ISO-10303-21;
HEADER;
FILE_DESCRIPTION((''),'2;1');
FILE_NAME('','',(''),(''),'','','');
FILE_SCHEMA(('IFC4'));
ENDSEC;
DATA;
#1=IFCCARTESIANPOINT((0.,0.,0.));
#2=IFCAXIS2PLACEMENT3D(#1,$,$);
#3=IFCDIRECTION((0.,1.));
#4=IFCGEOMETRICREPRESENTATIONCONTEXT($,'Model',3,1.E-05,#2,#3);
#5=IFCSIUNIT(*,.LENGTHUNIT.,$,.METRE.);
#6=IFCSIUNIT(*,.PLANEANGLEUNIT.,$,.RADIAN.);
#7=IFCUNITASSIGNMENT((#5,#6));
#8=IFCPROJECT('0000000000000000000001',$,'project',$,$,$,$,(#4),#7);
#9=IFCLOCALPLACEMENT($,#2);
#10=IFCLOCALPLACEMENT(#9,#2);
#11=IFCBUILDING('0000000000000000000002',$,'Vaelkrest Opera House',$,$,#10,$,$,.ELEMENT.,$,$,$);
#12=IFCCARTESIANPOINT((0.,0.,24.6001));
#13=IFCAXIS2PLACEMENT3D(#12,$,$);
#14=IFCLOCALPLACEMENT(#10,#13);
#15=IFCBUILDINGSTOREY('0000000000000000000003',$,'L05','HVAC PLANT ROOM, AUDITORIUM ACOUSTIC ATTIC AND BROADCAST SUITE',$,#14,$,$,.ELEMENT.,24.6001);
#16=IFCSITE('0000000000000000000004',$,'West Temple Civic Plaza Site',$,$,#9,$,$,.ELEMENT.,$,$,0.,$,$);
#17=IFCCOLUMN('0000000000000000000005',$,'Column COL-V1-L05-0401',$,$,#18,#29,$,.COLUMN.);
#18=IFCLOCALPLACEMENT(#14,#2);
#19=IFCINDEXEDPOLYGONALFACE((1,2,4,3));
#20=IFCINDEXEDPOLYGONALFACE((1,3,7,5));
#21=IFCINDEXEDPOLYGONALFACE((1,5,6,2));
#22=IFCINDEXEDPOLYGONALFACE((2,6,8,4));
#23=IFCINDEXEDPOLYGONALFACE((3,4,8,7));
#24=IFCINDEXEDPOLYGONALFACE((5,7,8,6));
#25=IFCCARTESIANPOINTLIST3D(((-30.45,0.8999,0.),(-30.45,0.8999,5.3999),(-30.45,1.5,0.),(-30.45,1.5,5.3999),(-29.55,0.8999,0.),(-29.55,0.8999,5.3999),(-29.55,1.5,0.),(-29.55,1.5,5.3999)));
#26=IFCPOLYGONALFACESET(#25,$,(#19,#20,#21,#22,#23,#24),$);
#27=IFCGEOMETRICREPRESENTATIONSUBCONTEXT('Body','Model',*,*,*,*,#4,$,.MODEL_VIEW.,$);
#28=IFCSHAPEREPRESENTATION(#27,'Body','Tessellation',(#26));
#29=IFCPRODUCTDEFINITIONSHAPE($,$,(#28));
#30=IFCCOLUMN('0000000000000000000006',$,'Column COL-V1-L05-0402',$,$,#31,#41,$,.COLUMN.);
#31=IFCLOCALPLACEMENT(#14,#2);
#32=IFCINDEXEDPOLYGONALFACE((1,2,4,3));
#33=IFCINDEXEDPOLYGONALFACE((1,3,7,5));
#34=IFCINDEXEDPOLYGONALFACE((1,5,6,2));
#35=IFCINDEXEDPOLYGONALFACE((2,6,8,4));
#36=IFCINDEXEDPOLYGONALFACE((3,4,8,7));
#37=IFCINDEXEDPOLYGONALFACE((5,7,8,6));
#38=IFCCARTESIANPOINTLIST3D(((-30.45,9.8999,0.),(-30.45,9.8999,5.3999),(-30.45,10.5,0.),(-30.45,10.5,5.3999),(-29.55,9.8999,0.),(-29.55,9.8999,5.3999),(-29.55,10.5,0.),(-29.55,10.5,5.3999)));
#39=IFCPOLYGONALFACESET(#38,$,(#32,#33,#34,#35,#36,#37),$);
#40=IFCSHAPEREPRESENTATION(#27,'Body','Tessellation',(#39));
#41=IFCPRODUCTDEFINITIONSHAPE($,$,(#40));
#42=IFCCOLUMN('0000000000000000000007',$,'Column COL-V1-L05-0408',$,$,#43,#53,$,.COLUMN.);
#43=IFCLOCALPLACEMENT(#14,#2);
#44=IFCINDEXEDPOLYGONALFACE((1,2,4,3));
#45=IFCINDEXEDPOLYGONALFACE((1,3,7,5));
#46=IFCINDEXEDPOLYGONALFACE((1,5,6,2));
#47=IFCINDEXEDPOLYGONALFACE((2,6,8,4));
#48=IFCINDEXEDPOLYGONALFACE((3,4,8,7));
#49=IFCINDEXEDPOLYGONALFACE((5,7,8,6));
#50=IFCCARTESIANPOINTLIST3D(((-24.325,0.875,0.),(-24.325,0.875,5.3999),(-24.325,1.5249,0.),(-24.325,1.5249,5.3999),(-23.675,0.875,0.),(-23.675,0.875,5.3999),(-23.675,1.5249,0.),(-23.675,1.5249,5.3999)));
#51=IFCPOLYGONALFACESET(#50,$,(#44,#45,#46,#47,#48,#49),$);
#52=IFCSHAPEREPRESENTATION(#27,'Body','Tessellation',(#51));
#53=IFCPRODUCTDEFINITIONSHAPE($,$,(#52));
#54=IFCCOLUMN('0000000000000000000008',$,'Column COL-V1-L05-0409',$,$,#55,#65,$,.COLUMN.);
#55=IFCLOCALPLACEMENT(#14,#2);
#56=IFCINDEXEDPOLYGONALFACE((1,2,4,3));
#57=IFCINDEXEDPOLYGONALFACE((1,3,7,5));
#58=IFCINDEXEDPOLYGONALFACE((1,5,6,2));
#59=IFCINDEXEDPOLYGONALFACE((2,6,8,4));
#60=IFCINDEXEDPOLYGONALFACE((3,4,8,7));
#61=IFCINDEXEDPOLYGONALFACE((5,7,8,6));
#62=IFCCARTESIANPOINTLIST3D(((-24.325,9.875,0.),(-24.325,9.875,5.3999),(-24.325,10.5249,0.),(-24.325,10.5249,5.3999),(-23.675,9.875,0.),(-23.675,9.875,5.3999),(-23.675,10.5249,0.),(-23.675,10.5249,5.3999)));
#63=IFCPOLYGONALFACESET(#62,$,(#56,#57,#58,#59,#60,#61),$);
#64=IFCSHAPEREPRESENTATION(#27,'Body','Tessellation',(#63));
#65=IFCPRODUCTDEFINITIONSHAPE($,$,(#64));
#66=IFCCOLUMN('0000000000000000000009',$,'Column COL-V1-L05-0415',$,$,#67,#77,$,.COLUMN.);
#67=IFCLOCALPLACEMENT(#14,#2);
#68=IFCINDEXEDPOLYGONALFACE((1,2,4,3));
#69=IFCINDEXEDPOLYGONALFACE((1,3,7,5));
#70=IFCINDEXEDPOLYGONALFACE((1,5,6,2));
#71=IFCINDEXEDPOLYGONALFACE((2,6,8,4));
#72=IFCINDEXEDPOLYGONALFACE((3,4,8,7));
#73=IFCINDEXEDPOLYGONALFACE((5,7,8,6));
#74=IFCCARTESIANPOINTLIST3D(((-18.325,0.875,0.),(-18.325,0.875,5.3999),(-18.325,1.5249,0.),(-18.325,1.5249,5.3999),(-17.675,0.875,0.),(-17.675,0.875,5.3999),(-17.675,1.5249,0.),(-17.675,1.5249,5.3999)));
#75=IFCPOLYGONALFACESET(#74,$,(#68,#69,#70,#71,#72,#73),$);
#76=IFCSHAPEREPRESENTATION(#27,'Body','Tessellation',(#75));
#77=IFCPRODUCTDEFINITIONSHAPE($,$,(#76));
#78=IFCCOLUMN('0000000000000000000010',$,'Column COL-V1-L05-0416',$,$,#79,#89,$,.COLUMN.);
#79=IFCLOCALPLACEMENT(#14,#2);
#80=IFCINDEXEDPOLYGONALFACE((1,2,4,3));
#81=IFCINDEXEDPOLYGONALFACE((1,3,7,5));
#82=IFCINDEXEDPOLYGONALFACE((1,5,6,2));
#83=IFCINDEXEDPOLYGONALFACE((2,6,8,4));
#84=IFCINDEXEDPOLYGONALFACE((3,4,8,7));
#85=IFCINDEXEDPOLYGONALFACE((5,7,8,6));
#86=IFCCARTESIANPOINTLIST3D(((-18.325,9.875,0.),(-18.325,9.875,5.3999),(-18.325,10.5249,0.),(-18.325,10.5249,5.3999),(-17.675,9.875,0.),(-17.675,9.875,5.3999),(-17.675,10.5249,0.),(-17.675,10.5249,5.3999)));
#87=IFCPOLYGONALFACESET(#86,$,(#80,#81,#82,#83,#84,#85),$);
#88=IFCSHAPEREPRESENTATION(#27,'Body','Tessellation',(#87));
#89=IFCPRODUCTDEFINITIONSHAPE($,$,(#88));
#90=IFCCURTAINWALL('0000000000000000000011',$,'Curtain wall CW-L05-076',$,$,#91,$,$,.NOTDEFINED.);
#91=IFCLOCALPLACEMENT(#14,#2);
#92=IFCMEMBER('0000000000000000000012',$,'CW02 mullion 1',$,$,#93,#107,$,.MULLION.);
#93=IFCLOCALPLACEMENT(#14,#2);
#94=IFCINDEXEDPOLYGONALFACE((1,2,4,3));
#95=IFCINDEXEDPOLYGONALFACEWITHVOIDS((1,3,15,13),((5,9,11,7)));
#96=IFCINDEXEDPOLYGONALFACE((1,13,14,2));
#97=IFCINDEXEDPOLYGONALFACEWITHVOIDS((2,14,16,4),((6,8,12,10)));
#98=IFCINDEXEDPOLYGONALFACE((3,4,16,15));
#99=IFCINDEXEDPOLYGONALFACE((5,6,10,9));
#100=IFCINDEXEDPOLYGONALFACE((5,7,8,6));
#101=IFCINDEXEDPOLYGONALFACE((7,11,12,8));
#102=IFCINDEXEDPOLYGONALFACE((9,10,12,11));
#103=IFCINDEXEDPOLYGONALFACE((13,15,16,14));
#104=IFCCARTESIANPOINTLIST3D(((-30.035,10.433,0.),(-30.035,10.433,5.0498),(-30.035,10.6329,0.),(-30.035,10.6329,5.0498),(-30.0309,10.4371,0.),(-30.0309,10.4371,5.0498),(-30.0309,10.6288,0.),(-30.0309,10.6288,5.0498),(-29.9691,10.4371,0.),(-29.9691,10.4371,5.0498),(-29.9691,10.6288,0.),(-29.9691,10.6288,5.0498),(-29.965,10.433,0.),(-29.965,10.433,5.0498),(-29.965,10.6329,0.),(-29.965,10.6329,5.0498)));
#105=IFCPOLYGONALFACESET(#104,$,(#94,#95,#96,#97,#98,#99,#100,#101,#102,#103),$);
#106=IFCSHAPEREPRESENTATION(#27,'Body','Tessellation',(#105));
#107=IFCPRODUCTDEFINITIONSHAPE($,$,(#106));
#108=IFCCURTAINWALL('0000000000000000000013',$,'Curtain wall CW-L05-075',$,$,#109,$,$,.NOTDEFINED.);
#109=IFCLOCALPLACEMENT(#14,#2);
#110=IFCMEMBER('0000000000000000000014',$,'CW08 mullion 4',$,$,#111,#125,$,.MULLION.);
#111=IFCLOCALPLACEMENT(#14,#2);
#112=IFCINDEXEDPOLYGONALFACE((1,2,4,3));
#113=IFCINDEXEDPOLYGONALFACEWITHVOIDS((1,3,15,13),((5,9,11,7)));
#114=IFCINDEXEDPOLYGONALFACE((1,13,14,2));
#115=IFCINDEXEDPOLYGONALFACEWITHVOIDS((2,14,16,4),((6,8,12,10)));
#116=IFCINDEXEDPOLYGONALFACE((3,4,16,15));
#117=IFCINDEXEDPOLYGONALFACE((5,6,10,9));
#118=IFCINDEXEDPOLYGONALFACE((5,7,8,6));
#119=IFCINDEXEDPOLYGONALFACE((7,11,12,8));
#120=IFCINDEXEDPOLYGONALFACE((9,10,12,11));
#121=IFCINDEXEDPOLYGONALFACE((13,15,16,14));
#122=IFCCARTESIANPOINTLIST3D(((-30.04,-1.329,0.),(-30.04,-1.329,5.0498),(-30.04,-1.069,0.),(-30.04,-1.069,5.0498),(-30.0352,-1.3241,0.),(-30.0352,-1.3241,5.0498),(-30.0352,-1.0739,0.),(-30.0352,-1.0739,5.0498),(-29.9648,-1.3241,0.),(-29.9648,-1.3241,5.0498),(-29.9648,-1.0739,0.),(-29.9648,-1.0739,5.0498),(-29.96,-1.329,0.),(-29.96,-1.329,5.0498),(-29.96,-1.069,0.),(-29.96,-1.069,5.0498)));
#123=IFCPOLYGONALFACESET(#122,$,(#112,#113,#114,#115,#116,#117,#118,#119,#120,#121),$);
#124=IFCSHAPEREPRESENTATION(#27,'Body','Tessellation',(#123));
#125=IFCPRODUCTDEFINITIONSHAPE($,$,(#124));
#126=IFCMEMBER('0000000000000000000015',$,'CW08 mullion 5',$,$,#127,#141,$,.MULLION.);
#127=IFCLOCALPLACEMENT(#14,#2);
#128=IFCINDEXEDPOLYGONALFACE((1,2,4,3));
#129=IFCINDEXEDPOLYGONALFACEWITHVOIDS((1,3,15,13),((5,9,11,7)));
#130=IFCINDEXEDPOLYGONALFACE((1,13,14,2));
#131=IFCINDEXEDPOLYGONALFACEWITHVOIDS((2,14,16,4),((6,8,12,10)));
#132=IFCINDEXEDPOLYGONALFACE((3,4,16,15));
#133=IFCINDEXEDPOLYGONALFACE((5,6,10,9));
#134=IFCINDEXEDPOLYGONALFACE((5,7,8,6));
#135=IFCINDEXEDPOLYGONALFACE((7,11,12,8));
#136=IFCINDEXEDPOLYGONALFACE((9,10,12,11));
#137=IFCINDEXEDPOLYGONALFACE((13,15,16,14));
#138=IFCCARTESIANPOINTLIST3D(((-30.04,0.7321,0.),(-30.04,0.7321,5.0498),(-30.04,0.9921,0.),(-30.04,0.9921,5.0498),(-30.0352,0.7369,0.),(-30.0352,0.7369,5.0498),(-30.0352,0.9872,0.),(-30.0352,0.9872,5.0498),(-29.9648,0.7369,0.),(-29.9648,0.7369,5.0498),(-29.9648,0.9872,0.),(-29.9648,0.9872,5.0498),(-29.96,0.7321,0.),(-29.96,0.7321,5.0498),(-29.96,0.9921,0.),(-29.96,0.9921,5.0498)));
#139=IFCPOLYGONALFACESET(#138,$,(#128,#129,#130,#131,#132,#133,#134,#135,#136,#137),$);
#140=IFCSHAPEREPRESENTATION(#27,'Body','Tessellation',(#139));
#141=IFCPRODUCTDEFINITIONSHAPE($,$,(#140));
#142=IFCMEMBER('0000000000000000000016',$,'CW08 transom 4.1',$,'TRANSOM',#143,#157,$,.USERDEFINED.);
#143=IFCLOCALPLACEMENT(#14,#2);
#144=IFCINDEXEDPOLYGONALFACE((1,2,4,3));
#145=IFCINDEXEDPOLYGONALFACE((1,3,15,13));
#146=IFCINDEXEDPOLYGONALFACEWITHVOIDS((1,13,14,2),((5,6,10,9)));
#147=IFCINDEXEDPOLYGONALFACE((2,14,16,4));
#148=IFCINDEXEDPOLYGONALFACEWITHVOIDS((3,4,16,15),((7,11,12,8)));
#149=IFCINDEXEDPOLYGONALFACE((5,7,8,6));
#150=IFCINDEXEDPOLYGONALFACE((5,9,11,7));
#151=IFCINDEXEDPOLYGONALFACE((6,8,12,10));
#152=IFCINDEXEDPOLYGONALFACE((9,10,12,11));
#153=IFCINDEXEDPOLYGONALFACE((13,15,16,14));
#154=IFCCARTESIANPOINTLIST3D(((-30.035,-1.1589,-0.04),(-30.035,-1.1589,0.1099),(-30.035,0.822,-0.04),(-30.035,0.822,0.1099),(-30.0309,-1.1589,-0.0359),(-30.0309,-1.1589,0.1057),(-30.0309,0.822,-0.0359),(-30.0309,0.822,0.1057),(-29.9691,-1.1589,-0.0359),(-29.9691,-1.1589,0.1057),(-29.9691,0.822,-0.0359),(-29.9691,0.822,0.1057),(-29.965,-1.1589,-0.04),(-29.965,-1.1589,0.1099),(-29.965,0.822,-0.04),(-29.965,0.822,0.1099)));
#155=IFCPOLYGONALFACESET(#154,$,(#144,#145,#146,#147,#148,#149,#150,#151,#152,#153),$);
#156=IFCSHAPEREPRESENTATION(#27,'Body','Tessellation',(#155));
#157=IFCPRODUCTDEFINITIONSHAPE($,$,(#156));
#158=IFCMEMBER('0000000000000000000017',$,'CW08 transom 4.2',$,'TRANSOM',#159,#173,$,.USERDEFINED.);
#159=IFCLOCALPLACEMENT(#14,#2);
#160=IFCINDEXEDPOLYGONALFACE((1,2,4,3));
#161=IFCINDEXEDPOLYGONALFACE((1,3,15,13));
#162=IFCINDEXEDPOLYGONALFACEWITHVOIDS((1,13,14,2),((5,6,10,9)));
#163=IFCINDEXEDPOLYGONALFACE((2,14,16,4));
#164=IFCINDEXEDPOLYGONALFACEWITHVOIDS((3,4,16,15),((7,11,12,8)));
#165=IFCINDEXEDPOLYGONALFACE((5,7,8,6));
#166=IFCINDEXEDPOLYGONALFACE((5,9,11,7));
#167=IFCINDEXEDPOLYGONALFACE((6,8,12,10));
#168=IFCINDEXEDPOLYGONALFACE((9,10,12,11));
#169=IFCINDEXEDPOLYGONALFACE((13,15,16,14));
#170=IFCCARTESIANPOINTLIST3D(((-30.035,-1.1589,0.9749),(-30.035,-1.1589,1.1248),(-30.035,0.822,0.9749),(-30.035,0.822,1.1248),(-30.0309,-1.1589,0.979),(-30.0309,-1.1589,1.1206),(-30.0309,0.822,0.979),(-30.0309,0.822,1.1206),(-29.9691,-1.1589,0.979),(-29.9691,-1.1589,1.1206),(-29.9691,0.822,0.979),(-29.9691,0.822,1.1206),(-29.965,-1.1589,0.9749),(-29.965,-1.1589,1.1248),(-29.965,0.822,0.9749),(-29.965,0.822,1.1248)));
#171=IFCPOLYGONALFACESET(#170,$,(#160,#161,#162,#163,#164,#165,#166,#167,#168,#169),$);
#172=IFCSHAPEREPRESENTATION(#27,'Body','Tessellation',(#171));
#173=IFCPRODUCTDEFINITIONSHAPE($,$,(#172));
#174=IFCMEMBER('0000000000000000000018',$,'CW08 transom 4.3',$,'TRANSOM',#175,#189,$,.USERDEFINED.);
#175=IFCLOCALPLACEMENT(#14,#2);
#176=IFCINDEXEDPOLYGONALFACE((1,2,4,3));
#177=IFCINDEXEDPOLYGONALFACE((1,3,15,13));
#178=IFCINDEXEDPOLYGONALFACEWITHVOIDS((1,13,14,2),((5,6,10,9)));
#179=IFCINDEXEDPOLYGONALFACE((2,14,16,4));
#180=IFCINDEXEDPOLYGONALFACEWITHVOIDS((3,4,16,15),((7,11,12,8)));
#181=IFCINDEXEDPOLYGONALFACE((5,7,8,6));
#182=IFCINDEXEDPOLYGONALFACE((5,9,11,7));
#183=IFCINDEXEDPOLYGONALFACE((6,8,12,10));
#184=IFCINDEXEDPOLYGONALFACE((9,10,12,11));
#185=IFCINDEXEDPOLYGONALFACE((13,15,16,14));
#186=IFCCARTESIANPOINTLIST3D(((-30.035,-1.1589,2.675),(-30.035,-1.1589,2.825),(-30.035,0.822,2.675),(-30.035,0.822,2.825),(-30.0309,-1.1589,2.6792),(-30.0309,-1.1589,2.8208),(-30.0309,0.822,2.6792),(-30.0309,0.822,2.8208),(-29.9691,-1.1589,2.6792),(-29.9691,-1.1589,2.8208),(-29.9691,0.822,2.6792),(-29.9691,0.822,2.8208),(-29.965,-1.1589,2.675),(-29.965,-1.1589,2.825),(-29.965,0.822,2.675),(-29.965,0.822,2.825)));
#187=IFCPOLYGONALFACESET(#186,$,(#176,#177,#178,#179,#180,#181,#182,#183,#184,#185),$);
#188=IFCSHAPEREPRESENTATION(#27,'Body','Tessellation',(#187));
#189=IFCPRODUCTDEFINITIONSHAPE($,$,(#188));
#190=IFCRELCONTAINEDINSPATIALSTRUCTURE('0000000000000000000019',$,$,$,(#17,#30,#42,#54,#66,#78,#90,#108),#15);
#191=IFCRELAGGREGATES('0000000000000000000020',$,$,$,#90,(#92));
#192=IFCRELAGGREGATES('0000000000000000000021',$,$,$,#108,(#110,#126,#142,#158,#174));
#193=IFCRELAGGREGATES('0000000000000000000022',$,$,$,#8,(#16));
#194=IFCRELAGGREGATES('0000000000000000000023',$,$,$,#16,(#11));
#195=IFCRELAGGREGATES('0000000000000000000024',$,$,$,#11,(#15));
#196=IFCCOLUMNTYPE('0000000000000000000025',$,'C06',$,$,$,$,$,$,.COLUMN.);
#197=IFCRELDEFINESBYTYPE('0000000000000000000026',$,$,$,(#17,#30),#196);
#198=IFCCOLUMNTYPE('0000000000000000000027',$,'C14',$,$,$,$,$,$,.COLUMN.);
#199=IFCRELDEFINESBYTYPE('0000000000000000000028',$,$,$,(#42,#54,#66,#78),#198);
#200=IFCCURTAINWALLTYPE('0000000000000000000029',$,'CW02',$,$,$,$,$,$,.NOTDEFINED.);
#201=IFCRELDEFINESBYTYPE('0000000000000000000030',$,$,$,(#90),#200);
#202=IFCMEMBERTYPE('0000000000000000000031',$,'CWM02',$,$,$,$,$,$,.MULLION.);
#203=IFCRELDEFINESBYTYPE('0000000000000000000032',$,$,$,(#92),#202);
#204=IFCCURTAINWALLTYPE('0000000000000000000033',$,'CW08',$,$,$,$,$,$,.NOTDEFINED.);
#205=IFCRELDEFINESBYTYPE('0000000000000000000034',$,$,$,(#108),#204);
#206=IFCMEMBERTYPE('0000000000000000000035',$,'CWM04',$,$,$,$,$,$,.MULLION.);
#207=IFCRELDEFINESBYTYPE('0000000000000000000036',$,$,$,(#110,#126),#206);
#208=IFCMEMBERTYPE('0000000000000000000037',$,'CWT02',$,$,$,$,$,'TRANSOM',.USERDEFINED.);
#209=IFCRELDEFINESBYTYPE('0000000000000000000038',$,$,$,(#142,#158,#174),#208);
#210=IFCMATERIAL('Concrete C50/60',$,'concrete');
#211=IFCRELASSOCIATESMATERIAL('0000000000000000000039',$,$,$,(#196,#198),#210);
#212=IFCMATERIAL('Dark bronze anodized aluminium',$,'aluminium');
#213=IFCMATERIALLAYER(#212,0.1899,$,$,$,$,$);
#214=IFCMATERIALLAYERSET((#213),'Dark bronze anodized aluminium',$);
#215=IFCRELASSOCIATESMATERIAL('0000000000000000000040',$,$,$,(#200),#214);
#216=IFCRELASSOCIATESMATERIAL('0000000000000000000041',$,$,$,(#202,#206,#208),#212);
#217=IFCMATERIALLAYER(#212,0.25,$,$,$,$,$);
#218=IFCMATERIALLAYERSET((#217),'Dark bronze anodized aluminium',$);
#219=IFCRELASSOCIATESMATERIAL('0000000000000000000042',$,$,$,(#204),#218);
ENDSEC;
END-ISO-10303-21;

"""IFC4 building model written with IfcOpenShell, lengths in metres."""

from ifc_helpers import new_model, si_unit, direction, frame, origin, origin_2d, place, context, subcontext, project, spatial, rectangle, hollow_rectangle, extrude, material, layer, layer_set, material_profile, profile_set, type_object, element, aggregate, save


model = new_model("IFC4")

# Units and contexts
model_context = context("Model", 3, precision=1e-05, world=origin(), true_north=direction((0.0, 1.0)))
body_context = subcontext(model_context, "Body", "Model", "MODEL_VIEW")
ifc_project = project(units=[si_unit("LENGTHUNIT", "METRE"), si_unit("PLANEANGLEUNIT", "RADIAN")], contexts=[model_context])

# Site, building, storey
site_placement = place(None, origin())
site = spatial("IfcSite", under=ifc_project, at=site_placement, Name="West Temple Civic Plaza Site", CompositionType="ELEMENT", RefElevation=0.0)
building_placement = place(site_placement, origin())
building = spatial("IfcBuilding", under=site, at=building_placement, Name="Vaelkrest Opera House", CompositionType="ELEMENT")
storey_placement = place(building_placement, frame((0.0, 0.0, 24.6001)))
storey = spatial("IfcBuildingStorey", under=building, at=storey_placement, Name="L05", Description="HVAC PLANT ROOM, AUDITORIUM ACOUSTIC ATTIC AND BROADCAST SUITE", CompositionType="ELEMENT", Elevation=24.6001)

# Columns
ifc_material_1 = material(Name="Concrete C50/60", Category="concrete")
ifc_material_profile_1 = material_profile(ifc_material_1, rectangle(XDim=0.6001, YDim=0.8999, at=origin_2d()), Name="RC600X900")
ifc_profile_set_1 = profile_set([ifc_material_profile_1], Name="Concrete C50/60")
column_type_1 = type_object("IfcColumnType", Name="C06", PredefinedType="COLUMN", material=ifc_profile_set_1)
for number, where, z_axis, x_axis, name in (
    (1, (-30.0, 1.2, 0.0), (0.0, 0.0, 1.0), (0.0, 1.0, 0.0), "Column COL-V1-L05-0401"),
    (2, (-30.0, 10.2, 0.0), (0.0, 0.0, 1.0), (0.0, 1.0, 0.0), "Column COL-V1-L05-0402"),
):
    element("IfcColumn", number, at=place(storey_placement, frame(where, z_axis=z_axis, x_axis=x_axis)), inside=storey, type_object=column_type_1, Name=name, PredefinedType="COLUMN", context=body_context, shape_type="SweptSolid", body=[
        extrude(rectangle(XDim=0.6001, YDim=0.8999, at=origin_2d()), origin(), (0.0, 0.0, 1.0), 5.3999),
    ])
ifc_material_profile_2 = material_profile(ifc_material_1, rectangle(XDim=0.6499, YDim=0.6499, at=origin_2d()), Name="RC650X650")
ifc_profile_set_2 = profile_set([ifc_material_profile_2], Name="Concrete C50/60")
column_type_2 = type_object("IfcColumnType", Name="C14", PredefinedType="COLUMN", material=ifc_profile_set_2)
for number, where, z_axis, x_axis, name in (
    (3, (-24.0, 1.2, 0.0), (0.0, 0.0, 1.0), (1.0, 0.0, 0.0), "Column COL-V1-L05-0408"),
    (4, (-24.0, 10.2, 0.0), (0.0, 0.0, 1.0), (1.0, 0.0, 0.0), "Column COL-V1-L05-0409"),
    (5, (-18.0, 1.2, 0.0), (0.0, 0.0, 1.0), (1.0, 0.0, 0.0), "Column COL-V1-L05-0415"),
    (6, (-18.0, 10.2, 0.0), (0.0, 0.0, 1.0), (1.0, 0.0, 0.0), "Column COL-V1-L05-0416"),
):
    element("IfcColumn", number, at=place(storey_placement, frame(where, z_axis=z_axis, x_axis=x_axis)), inside=storey, type_object=column_type_2, Name=name, PredefinedType="COLUMN", context=body_context, shape_type="SweptSolid", body=[
        extrude(rectangle(XDim=0.6499, YDim=0.6499, at=origin_2d()), origin(), (0.0, 0.0, 1.0), 5.3999),
    ])

# Curtain wall, member
ifc_material_2 = material(Name="Dark bronze anodized aluminium", Category="aluminium")
ifc_layer_1 = layer(ifc_material_2, 0.1899)
ifc_layer_set_1 = layer_set([ifc_layer_1], Name="Dark bronze anodized aluminium")
curtain_wall_type_1 = type_object("IfcCurtainWallType", Name="CW02", PredefinedType="NOTDEFINED", material=ifc_layer_set_1)
curtain_wall_1_placement = place(storey_placement, origin())
curtain_wall_1 = element("IfcCurtainWall", 7, at=curtain_wall_1_placement, inside=storey, type_object=curtain_wall_type_1, Name="Curtain wall CW-L05-076", PredefinedType="NOTDEFINED")
ifc_material_profile_3 = material_profile(ifc_material_2, hollow_rectangle(XDim=0.0701, YDim=0.2, WallThickness=0.0042, at=origin_2d()), Name="CWM70X200")
ifc_profile_set_3 = profile_set([ifc_material_profile_3], Name="Dark bronze anodized aluminium")
member_type_1 = type_object("IfcMemberType", Name="CWM02", PredefinedType="MULLION", material=ifc_profile_set_3)
member_1_placement = place(storey_placement, frame((-30.0, 10.533, 0.0), z_axis=(0.0, 0.0, 1.0), x_axis=(-1.0, 0.0, 0.0)))
member_1 = element("IfcMember", 8, at=member_1_placement, type_object=member_type_1, Name="CW02 mullion 1", PredefinedType="MULLION", context=body_context, shape_type="SweptSolid", body=[
    extrude(hollow_rectangle(XDim=0.0701, YDim=0.2, WallThickness=0.0042, at=origin_2d()), origin(), (0.0, 0.0, 1.0), 5.0498),
])

# Curtain wall, members
ifc_layer_2 = layer(ifc_material_2, 0.25)
ifc_layer_set_2 = layer_set([ifc_layer_2], Name="Dark bronze anodized aluminium")
curtain_wall_type_2 = type_object("IfcCurtainWallType", Name="CW08", PredefinedType="NOTDEFINED", material=ifc_layer_set_2)
curtain_wall_2_placement = place(storey_placement, origin())
curtain_wall_2 = element("IfcCurtainWall", 9, at=curtain_wall_2_placement, inside=storey, type_object=curtain_wall_type_2, Name="Curtain wall CW-L05-075", PredefinedType="NOTDEFINED")
ifc_material_profile_4 = material_profile(ifc_material_2, hollow_rectangle(XDim=0.0801, YDim=0.26, WallThickness=0.0049, at=origin_2d()), Name="CWM80X260")
ifc_profile_set_4 = profile_set([ifc_material_profile_4], Name="Dark bronze anodized aluminium")
member_type_2 = type_object("IfcMemberType", Name="CWM04", PredefinedType="MULLION", material=ifc_profile_set_4)
member_2_placement = place(storey_placement, frame((-30.0, -1.199, 0.0), z_axis=(0.0, 0.0, 1.0), x_axis=(-1.0, 0.0, 0.0)))
member_2 = element("IfcMember", 10, at=member_2_placement, type_object=member_type_2, Name="CW08 mullion 4", PredefinedType="MULLION", context=body_context, shape_type="SweptSolid", body=[
    extrude(hollow_rectangle(XDim=0.0801, YDim=0.26, WallThickness=0.0049, at=origin_2d()), origin(), (0.0, 0.0, 1.0), 5.0498),
])
member_3_placement = place(storey_placement, frame((-30.0, 0.8621, 0.0), z_axis=(0.0, 0.0, 1.0), x_axis=(-1.0, 0.0, 0.0)))
member_3 = element("IfcMember", 11, at=member_3_placement, type_object=member_type_2, Name="CW08 mullion 5", PredefinedType="MULLION", context=body_context, shape_type="SweptSolid", body=[
    extrude(hollow_rectangle(XDim=0.0801, YDim=0.26, WallThickness=0.0049, at=origin_2d()), origin(), (0.0, 0.0, 1.0), 5.0498),
])
ifc_material_profile_5 = material_profile(ifc_material_2, hollow_rectangle(XDim=0.0701, YDim=0.1499, WallThickness=0.0042, at=origin_2d()), Name="CWT70X150")
ifc_profile_set_5 = profile_set([ifc_material_profile_5], Name="Dark bronze anodized aluminium")
member_type_3 = type_object("IfcMemberType", Name="CWT02", ElementType="TRANSOM", PredefinedType="USERDEFINED", material=ifc_profile_set_5)
member_4_placement = place(storey_placement, frame((-30.0, -1.1589, 0.0349), z_axis=(0.0, 1.0, 0.0), x_axis=(-1.0, 0.0, 0.0)))
member_4 = element("IfcMember", 12, at=member_4_placement, type_object=member_type_3, Name="CW08 transom 4.1", ObjectType="TRANSOM", PredefinedType="USERDEFINED", context=body_context, shape_type="SweptSolid", body=[
    extrude(hollow_rectangle(XDim=0.0701, YDim=0.1499, WallThickness=0.0042, at=origin_2d()), origin(), (0.0, 0.0, 1.0), 1.981),
])
member_5_placement = place(storey_placement, frame((-30.0, -1.1589, 1.0498), z_axis=(0.0, 1.0, 0.0), x_axis=(-1.0, 0.0, 0.0)))
member_5 = element("IfcMember", 13, at=member_5_placement, type_object=member_type_3, Name="CW08 transom 4.2", ObjectType="TRANSOM", PredefinedType="USERDEFINED", context=body_context, shape_type="SweptSolid", body=[
    extrude(hollow_rectangle(XDim=0.0701, YDim=0.1499, WallThickness=0.0042, at=origin_2d()), origin(), (0.0, 0.0, 1.0), 1.981),
])
member_6_placement = place(storey_placement, frame((-30.0, -1.1589, 2.75), z_axis=(0.0, 1.0, 0.0), x_axis=(-1.0, 0.0, 0.0)))
member_6 = element("IfcMember", 14, at=member_6_placement, type_object=member_type_3, Name="CW08 transom 4.3", ObjectType="TRANSOM", PredefinedType="USERDEFINED", context=body_context, shape_type="SweptSolid", body=[
    extrude(hollow_rectangle(XDim=0.0701, YDim=0.1499, WallThickness=0.0042, at=origin_2d()), origin(), (0.0, 0.0, 1.0), 1.981),
])

aggregate(curtain_wall_1, [member_1])
aggregate(curtain_wall_2, [member_2, member_3, member_4, member_5, member_6])

save(model, "model.ifc")
